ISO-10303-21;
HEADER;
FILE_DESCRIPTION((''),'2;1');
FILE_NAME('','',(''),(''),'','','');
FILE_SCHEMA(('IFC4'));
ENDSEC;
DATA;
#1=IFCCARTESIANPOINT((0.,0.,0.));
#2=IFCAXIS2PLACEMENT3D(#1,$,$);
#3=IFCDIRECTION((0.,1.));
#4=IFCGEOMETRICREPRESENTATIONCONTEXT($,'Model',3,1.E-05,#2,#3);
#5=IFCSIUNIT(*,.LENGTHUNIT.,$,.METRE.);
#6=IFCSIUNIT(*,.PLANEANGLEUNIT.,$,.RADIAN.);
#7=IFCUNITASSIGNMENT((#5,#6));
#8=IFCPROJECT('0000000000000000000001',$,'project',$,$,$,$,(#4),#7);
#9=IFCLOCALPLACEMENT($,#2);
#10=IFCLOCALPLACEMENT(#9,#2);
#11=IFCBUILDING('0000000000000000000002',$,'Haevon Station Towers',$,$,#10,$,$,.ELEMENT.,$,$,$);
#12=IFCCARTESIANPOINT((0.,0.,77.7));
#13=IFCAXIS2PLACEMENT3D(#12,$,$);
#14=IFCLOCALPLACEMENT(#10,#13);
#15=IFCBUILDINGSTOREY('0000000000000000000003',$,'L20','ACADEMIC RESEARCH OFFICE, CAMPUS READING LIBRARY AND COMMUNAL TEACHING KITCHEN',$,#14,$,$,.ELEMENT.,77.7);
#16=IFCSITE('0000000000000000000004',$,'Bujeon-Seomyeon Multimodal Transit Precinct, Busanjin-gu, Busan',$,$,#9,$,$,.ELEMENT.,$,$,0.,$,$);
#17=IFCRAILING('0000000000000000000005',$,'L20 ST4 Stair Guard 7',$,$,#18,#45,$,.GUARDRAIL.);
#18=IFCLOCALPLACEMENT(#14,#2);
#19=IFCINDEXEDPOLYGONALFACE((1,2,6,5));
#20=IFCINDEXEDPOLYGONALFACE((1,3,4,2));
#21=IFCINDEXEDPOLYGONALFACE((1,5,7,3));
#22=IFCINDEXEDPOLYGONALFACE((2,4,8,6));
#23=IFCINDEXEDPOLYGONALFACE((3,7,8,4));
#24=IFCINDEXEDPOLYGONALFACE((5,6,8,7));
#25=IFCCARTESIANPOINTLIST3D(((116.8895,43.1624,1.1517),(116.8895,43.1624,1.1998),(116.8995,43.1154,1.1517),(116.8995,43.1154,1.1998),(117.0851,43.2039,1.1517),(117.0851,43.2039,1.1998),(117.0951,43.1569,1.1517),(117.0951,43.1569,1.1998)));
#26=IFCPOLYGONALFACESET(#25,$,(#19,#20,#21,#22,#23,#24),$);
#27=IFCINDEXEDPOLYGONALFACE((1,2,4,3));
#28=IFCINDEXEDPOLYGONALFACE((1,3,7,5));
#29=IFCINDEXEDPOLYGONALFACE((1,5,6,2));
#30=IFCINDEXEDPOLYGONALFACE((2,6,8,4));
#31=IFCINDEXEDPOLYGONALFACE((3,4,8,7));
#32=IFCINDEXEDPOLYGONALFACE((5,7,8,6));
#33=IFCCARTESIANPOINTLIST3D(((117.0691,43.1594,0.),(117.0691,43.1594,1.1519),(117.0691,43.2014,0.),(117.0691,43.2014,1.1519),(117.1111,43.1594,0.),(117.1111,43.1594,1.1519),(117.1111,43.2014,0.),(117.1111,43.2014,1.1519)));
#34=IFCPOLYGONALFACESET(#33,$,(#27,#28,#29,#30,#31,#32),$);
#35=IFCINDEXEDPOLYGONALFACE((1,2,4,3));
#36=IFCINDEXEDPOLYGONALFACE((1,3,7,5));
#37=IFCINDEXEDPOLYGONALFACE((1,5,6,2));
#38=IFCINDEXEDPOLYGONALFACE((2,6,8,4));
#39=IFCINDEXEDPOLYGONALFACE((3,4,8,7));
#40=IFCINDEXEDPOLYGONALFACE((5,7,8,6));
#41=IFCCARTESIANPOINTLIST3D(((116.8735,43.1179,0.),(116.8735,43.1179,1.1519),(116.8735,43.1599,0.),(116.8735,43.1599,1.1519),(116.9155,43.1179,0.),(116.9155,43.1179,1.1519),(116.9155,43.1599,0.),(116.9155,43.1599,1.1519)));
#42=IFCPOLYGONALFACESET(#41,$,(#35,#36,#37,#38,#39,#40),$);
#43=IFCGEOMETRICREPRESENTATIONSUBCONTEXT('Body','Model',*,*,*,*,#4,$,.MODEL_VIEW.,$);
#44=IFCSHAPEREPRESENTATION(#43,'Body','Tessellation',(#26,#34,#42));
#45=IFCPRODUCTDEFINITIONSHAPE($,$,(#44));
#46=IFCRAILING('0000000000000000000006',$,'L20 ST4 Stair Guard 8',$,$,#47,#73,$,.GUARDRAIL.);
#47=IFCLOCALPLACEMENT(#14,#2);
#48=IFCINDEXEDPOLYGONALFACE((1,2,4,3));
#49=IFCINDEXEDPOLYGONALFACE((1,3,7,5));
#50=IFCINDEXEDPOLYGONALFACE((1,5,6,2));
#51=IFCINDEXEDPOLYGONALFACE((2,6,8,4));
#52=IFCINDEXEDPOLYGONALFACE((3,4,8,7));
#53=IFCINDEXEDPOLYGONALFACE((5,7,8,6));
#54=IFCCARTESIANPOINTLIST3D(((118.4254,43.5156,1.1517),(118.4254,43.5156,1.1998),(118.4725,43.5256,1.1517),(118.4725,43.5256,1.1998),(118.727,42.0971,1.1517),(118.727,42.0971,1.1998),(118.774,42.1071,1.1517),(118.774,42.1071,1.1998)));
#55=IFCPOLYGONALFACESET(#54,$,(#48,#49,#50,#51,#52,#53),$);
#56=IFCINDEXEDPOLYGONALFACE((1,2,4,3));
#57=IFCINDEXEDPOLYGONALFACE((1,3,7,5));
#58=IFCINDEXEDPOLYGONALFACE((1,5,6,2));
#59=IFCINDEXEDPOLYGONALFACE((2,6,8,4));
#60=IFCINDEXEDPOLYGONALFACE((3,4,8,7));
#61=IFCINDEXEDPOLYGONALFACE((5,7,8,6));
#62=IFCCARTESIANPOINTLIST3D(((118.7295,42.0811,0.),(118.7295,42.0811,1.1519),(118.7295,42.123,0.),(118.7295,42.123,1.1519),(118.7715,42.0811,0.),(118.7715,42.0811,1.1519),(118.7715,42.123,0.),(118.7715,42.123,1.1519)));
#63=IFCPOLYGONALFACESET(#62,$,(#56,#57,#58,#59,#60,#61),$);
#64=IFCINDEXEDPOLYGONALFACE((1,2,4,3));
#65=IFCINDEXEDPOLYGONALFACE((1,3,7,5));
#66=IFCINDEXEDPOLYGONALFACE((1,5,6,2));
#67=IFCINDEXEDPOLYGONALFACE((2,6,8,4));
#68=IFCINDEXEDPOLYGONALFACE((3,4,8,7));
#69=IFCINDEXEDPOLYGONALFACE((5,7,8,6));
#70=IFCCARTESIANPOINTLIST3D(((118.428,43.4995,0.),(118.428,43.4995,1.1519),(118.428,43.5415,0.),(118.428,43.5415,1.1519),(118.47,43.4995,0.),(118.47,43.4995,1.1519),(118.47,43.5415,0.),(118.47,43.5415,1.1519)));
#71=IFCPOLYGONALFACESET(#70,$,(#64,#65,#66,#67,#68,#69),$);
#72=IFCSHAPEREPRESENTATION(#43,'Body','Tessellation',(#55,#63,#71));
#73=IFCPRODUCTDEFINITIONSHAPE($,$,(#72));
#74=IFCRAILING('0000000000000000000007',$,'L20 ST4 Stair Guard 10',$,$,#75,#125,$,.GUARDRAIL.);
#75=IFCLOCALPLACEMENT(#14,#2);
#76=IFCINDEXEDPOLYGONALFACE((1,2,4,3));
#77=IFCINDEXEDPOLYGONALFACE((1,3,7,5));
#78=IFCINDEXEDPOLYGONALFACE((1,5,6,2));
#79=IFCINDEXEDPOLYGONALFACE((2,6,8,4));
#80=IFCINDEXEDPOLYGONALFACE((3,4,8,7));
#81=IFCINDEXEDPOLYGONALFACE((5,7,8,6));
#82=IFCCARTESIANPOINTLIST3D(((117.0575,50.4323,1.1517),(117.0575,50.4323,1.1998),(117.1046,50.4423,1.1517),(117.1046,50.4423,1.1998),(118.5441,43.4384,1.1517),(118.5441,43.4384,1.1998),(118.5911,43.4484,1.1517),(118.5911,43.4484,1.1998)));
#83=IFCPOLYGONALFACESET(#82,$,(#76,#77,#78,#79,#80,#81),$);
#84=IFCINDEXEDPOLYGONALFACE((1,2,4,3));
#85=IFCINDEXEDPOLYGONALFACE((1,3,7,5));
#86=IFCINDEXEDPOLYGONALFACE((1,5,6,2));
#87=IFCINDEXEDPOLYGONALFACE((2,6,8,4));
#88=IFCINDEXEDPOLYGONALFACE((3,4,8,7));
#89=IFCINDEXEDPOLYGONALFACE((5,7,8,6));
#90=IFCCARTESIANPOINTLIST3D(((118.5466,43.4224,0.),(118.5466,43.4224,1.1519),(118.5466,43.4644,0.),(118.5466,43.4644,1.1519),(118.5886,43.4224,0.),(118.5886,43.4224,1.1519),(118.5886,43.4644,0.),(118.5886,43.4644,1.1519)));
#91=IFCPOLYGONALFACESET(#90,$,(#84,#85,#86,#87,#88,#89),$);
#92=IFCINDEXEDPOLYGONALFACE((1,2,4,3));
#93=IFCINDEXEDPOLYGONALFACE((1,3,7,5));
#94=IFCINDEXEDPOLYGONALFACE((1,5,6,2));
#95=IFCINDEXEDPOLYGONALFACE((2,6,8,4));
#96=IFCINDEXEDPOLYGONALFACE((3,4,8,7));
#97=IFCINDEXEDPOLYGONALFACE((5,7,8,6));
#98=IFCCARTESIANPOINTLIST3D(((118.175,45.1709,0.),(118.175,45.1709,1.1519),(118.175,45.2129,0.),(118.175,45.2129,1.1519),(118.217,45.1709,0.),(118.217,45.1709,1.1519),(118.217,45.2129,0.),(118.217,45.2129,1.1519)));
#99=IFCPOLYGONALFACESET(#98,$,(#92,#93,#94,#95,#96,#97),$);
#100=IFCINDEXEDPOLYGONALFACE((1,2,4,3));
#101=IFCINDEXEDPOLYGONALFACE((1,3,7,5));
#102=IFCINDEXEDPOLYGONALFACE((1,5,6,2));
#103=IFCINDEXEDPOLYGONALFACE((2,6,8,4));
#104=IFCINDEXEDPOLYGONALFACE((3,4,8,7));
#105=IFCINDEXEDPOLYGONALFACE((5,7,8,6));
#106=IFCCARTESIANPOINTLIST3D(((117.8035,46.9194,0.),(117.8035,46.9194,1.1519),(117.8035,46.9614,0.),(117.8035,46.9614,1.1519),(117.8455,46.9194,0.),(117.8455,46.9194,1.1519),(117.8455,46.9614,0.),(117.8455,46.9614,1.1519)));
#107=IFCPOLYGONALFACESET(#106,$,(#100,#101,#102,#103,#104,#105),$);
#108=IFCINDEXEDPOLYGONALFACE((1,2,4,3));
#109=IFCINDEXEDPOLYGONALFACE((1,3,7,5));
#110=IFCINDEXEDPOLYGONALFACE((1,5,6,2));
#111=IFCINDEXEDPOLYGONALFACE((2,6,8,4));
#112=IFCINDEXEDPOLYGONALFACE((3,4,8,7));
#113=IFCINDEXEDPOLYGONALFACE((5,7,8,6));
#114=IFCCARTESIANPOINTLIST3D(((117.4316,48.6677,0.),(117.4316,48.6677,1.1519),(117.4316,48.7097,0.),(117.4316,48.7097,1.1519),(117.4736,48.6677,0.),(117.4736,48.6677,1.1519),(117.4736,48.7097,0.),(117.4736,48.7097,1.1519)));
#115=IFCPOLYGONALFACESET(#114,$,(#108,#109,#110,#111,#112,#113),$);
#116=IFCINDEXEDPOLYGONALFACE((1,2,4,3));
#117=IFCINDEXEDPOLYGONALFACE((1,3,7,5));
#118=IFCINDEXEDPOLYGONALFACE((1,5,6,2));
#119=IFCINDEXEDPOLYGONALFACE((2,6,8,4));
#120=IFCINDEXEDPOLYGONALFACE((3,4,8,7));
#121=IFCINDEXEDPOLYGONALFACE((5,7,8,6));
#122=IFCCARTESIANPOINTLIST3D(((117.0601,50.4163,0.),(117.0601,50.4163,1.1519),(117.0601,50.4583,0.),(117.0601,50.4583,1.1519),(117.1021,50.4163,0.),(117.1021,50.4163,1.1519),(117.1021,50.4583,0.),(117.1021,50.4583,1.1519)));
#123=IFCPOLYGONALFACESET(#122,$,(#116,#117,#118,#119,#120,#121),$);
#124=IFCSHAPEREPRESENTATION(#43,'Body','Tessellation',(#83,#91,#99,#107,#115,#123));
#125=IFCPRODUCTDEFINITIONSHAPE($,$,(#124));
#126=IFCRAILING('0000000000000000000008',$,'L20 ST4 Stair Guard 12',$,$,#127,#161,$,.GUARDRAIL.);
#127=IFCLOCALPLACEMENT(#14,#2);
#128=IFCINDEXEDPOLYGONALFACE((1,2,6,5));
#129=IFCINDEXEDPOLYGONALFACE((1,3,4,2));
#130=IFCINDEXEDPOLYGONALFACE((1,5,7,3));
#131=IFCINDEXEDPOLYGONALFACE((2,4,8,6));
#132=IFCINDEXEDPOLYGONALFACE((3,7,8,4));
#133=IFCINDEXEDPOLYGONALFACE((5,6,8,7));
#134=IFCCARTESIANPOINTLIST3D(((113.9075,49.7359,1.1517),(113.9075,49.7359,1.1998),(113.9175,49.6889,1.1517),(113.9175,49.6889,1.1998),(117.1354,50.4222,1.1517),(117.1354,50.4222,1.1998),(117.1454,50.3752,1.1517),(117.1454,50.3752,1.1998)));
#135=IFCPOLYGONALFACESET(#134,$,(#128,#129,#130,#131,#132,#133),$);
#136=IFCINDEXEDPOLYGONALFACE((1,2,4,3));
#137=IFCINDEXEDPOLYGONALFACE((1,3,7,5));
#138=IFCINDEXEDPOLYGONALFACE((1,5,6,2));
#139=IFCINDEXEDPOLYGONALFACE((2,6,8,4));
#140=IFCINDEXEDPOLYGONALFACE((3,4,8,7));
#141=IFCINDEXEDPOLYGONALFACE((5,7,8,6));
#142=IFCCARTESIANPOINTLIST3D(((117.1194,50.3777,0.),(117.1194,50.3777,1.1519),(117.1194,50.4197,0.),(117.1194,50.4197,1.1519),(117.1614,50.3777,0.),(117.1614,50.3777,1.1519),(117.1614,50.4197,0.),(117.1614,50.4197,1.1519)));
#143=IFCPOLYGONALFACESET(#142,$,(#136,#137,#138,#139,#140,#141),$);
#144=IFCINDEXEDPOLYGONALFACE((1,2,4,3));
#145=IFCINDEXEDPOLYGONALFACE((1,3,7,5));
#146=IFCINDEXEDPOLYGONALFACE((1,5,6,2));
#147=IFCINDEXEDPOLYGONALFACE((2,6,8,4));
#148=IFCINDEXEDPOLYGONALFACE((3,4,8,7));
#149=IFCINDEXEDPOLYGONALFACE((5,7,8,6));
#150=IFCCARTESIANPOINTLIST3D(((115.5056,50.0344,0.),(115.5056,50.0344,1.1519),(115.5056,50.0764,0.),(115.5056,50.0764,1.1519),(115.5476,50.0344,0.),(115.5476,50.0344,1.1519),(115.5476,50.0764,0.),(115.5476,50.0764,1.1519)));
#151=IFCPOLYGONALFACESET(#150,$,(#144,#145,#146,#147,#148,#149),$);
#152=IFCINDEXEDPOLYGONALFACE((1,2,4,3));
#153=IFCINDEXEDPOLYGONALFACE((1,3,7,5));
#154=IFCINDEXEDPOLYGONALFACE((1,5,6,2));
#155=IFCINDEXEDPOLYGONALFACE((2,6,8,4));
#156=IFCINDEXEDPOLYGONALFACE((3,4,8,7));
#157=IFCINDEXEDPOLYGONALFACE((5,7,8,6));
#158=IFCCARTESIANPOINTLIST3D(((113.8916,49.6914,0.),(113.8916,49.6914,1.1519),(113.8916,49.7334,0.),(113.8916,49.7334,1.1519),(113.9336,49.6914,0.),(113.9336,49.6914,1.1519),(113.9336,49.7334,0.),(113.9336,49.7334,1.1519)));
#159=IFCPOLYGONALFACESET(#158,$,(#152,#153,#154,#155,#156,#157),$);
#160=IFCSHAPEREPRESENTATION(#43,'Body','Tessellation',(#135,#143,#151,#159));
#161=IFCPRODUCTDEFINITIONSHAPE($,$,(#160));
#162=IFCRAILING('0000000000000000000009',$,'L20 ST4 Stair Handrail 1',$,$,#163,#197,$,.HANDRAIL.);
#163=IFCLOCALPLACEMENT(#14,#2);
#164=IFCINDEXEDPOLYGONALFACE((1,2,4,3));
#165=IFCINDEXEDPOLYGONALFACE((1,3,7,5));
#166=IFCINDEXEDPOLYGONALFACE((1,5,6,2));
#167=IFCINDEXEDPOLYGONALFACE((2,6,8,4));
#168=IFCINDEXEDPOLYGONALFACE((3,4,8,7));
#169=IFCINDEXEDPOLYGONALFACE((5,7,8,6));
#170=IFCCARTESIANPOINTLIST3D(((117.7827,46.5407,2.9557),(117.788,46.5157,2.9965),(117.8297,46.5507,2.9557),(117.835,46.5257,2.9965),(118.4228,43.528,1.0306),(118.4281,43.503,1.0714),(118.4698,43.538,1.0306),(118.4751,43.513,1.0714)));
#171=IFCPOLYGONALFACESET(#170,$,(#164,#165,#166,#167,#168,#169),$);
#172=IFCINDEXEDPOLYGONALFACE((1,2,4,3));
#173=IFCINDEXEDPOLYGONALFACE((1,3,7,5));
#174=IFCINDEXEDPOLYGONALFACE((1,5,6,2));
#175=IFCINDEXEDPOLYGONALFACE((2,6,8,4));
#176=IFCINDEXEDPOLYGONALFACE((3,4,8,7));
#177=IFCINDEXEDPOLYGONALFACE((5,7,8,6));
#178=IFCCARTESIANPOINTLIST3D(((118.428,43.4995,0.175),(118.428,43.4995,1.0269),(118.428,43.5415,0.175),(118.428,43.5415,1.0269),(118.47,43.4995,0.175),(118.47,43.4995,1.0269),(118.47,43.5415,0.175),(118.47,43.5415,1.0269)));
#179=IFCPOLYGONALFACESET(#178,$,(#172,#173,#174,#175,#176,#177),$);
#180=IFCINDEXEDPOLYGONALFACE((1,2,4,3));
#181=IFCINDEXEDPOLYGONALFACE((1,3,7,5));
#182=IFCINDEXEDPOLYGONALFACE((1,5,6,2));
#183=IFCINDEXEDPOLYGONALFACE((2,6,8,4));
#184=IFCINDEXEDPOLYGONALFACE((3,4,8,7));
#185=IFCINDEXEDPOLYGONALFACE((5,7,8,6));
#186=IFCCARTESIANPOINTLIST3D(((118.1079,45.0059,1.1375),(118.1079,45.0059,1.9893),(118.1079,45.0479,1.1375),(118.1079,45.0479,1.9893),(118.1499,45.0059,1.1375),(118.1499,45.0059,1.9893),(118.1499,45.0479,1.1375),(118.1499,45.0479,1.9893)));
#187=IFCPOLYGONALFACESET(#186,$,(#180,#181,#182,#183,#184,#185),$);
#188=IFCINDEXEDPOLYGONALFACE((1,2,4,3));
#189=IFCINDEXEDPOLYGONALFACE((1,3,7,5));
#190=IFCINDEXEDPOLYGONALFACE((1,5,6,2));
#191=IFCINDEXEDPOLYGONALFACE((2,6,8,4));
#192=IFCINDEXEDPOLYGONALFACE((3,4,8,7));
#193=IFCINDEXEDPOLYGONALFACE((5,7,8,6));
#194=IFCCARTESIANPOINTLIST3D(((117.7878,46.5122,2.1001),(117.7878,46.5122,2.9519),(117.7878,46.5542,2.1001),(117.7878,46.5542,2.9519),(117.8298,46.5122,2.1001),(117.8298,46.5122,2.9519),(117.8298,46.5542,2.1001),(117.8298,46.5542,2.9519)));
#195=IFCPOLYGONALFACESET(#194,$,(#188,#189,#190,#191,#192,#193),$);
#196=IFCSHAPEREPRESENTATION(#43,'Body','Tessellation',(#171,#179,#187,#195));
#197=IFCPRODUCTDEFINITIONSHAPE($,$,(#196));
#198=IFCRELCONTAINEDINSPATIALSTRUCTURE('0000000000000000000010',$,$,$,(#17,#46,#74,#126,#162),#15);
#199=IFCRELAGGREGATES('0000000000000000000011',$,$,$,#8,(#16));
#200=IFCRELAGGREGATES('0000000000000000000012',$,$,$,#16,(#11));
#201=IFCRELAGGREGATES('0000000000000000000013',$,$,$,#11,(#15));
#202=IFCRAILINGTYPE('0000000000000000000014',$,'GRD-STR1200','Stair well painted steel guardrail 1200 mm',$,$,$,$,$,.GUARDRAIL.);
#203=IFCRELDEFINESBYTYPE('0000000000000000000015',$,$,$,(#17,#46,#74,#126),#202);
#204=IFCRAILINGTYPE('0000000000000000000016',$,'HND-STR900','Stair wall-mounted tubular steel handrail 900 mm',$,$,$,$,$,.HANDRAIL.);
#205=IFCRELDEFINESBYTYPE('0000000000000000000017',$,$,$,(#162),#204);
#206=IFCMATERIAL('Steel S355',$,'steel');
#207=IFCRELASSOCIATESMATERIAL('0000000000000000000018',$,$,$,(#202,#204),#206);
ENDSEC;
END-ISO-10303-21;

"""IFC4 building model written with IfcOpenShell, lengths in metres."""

from ifc_helpers import new_model, si_unit, direction, frame, origin, origin_2d, place, context, subcontext, project, spatial, rectangle, extrude, material, type_object, element, save


model = new_model("IFC4")

# Units and contexts
model_context = context("Model", 3, precision=1e-05, world=origin(), true_north=direction((0.0, 1.0)))
body_context = subcontext(model_context, "Body", "Model", "MODEL_VIEW")
ifc_project = project(units=[si_unit("LENGTHUNIT", "METRE"), si_unit("PLANEANGLEUNIT", "RADIAN")], contexts=[model_context])

# Site, building, storey
site_placement = place(None, origin())
site = spatial("IfcSite", under=ifc_project, at=site_placement, Name="Bujeon-Seomyeon Multimodal Transit Precinct, Busanjin-gu, Busan", CompositionType="ELEMENT", RefElevation=0.0)
building_placement = place(site_placement, origin())
building = spatial("IfcBuilding", under=site, at=building_placement, Name="Haevon Station Towers", CompositionType="ELEMENT")
storey_placement = place(building_placement, frame((0.0, 0.0, 77.7)))
storey = spatial("IfcBuildingStorey", under=building, at=storey_placement, Name="L20", Description="ACADEMIC RESEARCH OFFICE, CAMPUS READING LIBRARY AND COMMUNAL TEACHING KITCHEN", CompositionType="ELEMENT", Elevation=77.7)

# Shared definitions
ifc_material_1 = material(Name="Steel S355", Category="steel")

# Railings
railing_type_1 = type_object("IfcRailingType", Name="GRD-STR1200", Description="Stair well painted steel guardrail 1200 mm", PredefinedType="GUARDRAIL", material=ifc_material_1)
railing_1_placement = place(storey_placement, frame((117.0901, 43.1804, 0.0)))
element("IfcRailing", 1, at=railing_1_placement, inside=storey, type_object=railing_type_1, Name="L20 ST4 Stair Guard 7", PredefinedType="GUARDRAIL", context=body_context, shape_type="SweptSolid", body=[
    extrude(rectangle(XDim=0.0481, YDim=0.0481, at=origin_2d()), frame((0.0, 0.0, 1.1758), z_axis=(-0.978212, -0.20761, 0.0), x_axis=(0.20761, -0.978212, 0.0)), (0.0, 0.0, 1.0), 0.2),
    extrude(rectangle(XDim=0.042, YDim=0.042, at=origin_2d()), origin(), (0.0, 0.0, 1.0), 1.1519),
    extrude(rectangle(XDim=0.042, YDim=0.042, at=origin_2d()), frame((-0.1956, -0.0415, 0.0)), (0.0, 0.0, 1.0), 1.1519),
])
railing_2_placement = place(storey_placement, frame((118.7505, 42.1021, 0.0)))
element("IfcRailing", 2, at=railing_2_placement, inside=storey, type_object=railing_type_1, Name="L20 ST4 Stair Guard 8", PredefinedType="GUARDRAIL", context=body_context, shape_type="SweptSolid", body=[
    extrude(rectangle(XDim=0.0481, YDim=0.0481, at=origin_2d()), frame((0.0, 0.0, 1.1758), z_axis=(-0.207919, 0.978146, 0.0), x_axis=(-0.978146, -0.207919, 0.0)), (0.0, 0.0, 1.0), 1.4502),
    extrude(rectangle(XDim=0.042, YDim=0.042, at=origin_2d()), origin(), (0.0, 0.0, 1.0), 1.1519),
    extrude(rectangle(XDim=0.042, YDim=0.042, at=origin_2d()), frame((-0.3015, 1.4185, 0.0)), (0.0, 0.0, 1.0), 1.1519),
])
railing_3_placement = place(storey_placement, frame((118.5676, 43.4434, 0.0)))
element("IfcRailing", 3, at=railing_3_placement, inside=storey, type_object=railing_type_1, Name="L20 ST4 Stair Guard 10", PredefinedType="GUARDRAIL", context=body_context, shape_type="SweptSolid", body=[
    extrude(rectangle(XDim=0.0481, YDim=0.0481, at=origin_2d()), frame((0.0, 0.0, 1.1758), z_axis=(-0.207908, 0.978148, 0.0), x_axis=(-0.978148, -0.207908, 0.0)), (0.0, 0.0, 1.0), 7.1501),
    extrude(rectangle(XDim=0.042, YDim=0.042, at=origin_2d()), origin(), (0.0, 0.0, 1.0), 1.1519),
    extrude(rectangle(XDim=0.042, YDim=0.042, at=origin_2d()), frame((-0.3716, 1.7485, 0.0)), (0.0, 0.0, 1.0), 1.1519),
    extrude(rectangle(XDim=0.042, YDim=0.042, at=origin_2d()), frame((-0.7432, 3.4971, 0.0)), (0.0, 0.0, 1.0), 1.1519),
    extrude(rectangle(XDim=0.042, YDim=0.042, at=origin_2d()), frame((-1.115, 5.2454, 0.0)), (0.0, 0.0, 1.0), 1.1519),
    extrude(rectangle(XDim=0.042, YDim=0.042, at=origin_2d()), frame((-1.4866, 6.9939, 0.0)), (0.0, 0.0, 1.0), 1.1519),
])
railing_4_placement = place(storey_placement, frame((117.1404, 50.3987, 0.0)))
element("IfcRailing", 4, at=railing_4_placement, inside=storey, type_object=railing_type_1, Name="L20 ST4 Stair Guard 12", PredefinedType="GUARDRAIL", context=body_context, shape_type="SweptSolid", body=[
    extrude(rectangle(XDim=0.0481, YDim=0.0481, at=origin_2d()), frame((0.0, 0.0, 1.1758), z_axis=(-0.978136, -0.207968, 0.0), x_axis=(0.207968, -0.978136, 0.0)), (0.0, 0.0, 1.0), 3.3),
    extrude(rectangle(XDim=0.042, YDim=0.042, at=origin_2d()), origin(), (0.0, 0.0, 1.0), 1.1519),
    extrude(rectangle(XDim=0.042, YDim=0.042, at=origin_2d()), frame((-1.6138, -0.3433, 0.0)), (0.0, 0.0, 1.0), 1.1519),
    extrude(rectangle(XDim=0.042, YDim=0.042, at=origin_2d()), frame((-3.2278, -0.6863, 0.0)), (0.0, 0.0, 1.0), 1.1519),
])
railing_type_2 = type_object("IfcRailingType", Name="HND-STR900", Description="Stair wall-mounted tubular steel handrail 900 mm", PredefinedType="HANDRAIL", material=ifc_material_1)
railing_5_placement = place(storey_placement, frame((118.449, 43.5205, 0.175)))
element("IfcRailing", 5, at=railing_5_placement, inside=storey, type_object=railing_type_2, Name="L20 ST4 Stair Handrail 1", PredefinedType="HANDRAIL", context=body_context, shape_type="SweptSolid", body=[
    extrude(rectangle(XDim=0.0481, YDim=0.0481, at=origin_2d()), frame((0.0, 0.0, 0.876), z_axis=(-0.176246, 0.829471, 0.530014), x_axis=(-0.978163, -0.20784, 0.0)), (0.0, 0.0, 1.0), 3.6321),
    extrude(rectangle(XDim=0.042, YDim=0.042, at=origin_2d()), origin(), (0.0, 0.0, 1.0), 0.8518),
    extrude(rectangle(XDim=0.042, YDim=0.042, at=origin_2d()), frame((-0.3201, 1.5063, 0.9624)), (0.0, 0.0, 1.0), 0.8518),
    extrude(rectangle(XDim=0.042, YDim=0.042, at=origin_2d()), frame((-0.6401, 3.0127, 1.925)), (0.0, 0.0, 1.0), 0.8518),
])

save(model, "model.ifc")
